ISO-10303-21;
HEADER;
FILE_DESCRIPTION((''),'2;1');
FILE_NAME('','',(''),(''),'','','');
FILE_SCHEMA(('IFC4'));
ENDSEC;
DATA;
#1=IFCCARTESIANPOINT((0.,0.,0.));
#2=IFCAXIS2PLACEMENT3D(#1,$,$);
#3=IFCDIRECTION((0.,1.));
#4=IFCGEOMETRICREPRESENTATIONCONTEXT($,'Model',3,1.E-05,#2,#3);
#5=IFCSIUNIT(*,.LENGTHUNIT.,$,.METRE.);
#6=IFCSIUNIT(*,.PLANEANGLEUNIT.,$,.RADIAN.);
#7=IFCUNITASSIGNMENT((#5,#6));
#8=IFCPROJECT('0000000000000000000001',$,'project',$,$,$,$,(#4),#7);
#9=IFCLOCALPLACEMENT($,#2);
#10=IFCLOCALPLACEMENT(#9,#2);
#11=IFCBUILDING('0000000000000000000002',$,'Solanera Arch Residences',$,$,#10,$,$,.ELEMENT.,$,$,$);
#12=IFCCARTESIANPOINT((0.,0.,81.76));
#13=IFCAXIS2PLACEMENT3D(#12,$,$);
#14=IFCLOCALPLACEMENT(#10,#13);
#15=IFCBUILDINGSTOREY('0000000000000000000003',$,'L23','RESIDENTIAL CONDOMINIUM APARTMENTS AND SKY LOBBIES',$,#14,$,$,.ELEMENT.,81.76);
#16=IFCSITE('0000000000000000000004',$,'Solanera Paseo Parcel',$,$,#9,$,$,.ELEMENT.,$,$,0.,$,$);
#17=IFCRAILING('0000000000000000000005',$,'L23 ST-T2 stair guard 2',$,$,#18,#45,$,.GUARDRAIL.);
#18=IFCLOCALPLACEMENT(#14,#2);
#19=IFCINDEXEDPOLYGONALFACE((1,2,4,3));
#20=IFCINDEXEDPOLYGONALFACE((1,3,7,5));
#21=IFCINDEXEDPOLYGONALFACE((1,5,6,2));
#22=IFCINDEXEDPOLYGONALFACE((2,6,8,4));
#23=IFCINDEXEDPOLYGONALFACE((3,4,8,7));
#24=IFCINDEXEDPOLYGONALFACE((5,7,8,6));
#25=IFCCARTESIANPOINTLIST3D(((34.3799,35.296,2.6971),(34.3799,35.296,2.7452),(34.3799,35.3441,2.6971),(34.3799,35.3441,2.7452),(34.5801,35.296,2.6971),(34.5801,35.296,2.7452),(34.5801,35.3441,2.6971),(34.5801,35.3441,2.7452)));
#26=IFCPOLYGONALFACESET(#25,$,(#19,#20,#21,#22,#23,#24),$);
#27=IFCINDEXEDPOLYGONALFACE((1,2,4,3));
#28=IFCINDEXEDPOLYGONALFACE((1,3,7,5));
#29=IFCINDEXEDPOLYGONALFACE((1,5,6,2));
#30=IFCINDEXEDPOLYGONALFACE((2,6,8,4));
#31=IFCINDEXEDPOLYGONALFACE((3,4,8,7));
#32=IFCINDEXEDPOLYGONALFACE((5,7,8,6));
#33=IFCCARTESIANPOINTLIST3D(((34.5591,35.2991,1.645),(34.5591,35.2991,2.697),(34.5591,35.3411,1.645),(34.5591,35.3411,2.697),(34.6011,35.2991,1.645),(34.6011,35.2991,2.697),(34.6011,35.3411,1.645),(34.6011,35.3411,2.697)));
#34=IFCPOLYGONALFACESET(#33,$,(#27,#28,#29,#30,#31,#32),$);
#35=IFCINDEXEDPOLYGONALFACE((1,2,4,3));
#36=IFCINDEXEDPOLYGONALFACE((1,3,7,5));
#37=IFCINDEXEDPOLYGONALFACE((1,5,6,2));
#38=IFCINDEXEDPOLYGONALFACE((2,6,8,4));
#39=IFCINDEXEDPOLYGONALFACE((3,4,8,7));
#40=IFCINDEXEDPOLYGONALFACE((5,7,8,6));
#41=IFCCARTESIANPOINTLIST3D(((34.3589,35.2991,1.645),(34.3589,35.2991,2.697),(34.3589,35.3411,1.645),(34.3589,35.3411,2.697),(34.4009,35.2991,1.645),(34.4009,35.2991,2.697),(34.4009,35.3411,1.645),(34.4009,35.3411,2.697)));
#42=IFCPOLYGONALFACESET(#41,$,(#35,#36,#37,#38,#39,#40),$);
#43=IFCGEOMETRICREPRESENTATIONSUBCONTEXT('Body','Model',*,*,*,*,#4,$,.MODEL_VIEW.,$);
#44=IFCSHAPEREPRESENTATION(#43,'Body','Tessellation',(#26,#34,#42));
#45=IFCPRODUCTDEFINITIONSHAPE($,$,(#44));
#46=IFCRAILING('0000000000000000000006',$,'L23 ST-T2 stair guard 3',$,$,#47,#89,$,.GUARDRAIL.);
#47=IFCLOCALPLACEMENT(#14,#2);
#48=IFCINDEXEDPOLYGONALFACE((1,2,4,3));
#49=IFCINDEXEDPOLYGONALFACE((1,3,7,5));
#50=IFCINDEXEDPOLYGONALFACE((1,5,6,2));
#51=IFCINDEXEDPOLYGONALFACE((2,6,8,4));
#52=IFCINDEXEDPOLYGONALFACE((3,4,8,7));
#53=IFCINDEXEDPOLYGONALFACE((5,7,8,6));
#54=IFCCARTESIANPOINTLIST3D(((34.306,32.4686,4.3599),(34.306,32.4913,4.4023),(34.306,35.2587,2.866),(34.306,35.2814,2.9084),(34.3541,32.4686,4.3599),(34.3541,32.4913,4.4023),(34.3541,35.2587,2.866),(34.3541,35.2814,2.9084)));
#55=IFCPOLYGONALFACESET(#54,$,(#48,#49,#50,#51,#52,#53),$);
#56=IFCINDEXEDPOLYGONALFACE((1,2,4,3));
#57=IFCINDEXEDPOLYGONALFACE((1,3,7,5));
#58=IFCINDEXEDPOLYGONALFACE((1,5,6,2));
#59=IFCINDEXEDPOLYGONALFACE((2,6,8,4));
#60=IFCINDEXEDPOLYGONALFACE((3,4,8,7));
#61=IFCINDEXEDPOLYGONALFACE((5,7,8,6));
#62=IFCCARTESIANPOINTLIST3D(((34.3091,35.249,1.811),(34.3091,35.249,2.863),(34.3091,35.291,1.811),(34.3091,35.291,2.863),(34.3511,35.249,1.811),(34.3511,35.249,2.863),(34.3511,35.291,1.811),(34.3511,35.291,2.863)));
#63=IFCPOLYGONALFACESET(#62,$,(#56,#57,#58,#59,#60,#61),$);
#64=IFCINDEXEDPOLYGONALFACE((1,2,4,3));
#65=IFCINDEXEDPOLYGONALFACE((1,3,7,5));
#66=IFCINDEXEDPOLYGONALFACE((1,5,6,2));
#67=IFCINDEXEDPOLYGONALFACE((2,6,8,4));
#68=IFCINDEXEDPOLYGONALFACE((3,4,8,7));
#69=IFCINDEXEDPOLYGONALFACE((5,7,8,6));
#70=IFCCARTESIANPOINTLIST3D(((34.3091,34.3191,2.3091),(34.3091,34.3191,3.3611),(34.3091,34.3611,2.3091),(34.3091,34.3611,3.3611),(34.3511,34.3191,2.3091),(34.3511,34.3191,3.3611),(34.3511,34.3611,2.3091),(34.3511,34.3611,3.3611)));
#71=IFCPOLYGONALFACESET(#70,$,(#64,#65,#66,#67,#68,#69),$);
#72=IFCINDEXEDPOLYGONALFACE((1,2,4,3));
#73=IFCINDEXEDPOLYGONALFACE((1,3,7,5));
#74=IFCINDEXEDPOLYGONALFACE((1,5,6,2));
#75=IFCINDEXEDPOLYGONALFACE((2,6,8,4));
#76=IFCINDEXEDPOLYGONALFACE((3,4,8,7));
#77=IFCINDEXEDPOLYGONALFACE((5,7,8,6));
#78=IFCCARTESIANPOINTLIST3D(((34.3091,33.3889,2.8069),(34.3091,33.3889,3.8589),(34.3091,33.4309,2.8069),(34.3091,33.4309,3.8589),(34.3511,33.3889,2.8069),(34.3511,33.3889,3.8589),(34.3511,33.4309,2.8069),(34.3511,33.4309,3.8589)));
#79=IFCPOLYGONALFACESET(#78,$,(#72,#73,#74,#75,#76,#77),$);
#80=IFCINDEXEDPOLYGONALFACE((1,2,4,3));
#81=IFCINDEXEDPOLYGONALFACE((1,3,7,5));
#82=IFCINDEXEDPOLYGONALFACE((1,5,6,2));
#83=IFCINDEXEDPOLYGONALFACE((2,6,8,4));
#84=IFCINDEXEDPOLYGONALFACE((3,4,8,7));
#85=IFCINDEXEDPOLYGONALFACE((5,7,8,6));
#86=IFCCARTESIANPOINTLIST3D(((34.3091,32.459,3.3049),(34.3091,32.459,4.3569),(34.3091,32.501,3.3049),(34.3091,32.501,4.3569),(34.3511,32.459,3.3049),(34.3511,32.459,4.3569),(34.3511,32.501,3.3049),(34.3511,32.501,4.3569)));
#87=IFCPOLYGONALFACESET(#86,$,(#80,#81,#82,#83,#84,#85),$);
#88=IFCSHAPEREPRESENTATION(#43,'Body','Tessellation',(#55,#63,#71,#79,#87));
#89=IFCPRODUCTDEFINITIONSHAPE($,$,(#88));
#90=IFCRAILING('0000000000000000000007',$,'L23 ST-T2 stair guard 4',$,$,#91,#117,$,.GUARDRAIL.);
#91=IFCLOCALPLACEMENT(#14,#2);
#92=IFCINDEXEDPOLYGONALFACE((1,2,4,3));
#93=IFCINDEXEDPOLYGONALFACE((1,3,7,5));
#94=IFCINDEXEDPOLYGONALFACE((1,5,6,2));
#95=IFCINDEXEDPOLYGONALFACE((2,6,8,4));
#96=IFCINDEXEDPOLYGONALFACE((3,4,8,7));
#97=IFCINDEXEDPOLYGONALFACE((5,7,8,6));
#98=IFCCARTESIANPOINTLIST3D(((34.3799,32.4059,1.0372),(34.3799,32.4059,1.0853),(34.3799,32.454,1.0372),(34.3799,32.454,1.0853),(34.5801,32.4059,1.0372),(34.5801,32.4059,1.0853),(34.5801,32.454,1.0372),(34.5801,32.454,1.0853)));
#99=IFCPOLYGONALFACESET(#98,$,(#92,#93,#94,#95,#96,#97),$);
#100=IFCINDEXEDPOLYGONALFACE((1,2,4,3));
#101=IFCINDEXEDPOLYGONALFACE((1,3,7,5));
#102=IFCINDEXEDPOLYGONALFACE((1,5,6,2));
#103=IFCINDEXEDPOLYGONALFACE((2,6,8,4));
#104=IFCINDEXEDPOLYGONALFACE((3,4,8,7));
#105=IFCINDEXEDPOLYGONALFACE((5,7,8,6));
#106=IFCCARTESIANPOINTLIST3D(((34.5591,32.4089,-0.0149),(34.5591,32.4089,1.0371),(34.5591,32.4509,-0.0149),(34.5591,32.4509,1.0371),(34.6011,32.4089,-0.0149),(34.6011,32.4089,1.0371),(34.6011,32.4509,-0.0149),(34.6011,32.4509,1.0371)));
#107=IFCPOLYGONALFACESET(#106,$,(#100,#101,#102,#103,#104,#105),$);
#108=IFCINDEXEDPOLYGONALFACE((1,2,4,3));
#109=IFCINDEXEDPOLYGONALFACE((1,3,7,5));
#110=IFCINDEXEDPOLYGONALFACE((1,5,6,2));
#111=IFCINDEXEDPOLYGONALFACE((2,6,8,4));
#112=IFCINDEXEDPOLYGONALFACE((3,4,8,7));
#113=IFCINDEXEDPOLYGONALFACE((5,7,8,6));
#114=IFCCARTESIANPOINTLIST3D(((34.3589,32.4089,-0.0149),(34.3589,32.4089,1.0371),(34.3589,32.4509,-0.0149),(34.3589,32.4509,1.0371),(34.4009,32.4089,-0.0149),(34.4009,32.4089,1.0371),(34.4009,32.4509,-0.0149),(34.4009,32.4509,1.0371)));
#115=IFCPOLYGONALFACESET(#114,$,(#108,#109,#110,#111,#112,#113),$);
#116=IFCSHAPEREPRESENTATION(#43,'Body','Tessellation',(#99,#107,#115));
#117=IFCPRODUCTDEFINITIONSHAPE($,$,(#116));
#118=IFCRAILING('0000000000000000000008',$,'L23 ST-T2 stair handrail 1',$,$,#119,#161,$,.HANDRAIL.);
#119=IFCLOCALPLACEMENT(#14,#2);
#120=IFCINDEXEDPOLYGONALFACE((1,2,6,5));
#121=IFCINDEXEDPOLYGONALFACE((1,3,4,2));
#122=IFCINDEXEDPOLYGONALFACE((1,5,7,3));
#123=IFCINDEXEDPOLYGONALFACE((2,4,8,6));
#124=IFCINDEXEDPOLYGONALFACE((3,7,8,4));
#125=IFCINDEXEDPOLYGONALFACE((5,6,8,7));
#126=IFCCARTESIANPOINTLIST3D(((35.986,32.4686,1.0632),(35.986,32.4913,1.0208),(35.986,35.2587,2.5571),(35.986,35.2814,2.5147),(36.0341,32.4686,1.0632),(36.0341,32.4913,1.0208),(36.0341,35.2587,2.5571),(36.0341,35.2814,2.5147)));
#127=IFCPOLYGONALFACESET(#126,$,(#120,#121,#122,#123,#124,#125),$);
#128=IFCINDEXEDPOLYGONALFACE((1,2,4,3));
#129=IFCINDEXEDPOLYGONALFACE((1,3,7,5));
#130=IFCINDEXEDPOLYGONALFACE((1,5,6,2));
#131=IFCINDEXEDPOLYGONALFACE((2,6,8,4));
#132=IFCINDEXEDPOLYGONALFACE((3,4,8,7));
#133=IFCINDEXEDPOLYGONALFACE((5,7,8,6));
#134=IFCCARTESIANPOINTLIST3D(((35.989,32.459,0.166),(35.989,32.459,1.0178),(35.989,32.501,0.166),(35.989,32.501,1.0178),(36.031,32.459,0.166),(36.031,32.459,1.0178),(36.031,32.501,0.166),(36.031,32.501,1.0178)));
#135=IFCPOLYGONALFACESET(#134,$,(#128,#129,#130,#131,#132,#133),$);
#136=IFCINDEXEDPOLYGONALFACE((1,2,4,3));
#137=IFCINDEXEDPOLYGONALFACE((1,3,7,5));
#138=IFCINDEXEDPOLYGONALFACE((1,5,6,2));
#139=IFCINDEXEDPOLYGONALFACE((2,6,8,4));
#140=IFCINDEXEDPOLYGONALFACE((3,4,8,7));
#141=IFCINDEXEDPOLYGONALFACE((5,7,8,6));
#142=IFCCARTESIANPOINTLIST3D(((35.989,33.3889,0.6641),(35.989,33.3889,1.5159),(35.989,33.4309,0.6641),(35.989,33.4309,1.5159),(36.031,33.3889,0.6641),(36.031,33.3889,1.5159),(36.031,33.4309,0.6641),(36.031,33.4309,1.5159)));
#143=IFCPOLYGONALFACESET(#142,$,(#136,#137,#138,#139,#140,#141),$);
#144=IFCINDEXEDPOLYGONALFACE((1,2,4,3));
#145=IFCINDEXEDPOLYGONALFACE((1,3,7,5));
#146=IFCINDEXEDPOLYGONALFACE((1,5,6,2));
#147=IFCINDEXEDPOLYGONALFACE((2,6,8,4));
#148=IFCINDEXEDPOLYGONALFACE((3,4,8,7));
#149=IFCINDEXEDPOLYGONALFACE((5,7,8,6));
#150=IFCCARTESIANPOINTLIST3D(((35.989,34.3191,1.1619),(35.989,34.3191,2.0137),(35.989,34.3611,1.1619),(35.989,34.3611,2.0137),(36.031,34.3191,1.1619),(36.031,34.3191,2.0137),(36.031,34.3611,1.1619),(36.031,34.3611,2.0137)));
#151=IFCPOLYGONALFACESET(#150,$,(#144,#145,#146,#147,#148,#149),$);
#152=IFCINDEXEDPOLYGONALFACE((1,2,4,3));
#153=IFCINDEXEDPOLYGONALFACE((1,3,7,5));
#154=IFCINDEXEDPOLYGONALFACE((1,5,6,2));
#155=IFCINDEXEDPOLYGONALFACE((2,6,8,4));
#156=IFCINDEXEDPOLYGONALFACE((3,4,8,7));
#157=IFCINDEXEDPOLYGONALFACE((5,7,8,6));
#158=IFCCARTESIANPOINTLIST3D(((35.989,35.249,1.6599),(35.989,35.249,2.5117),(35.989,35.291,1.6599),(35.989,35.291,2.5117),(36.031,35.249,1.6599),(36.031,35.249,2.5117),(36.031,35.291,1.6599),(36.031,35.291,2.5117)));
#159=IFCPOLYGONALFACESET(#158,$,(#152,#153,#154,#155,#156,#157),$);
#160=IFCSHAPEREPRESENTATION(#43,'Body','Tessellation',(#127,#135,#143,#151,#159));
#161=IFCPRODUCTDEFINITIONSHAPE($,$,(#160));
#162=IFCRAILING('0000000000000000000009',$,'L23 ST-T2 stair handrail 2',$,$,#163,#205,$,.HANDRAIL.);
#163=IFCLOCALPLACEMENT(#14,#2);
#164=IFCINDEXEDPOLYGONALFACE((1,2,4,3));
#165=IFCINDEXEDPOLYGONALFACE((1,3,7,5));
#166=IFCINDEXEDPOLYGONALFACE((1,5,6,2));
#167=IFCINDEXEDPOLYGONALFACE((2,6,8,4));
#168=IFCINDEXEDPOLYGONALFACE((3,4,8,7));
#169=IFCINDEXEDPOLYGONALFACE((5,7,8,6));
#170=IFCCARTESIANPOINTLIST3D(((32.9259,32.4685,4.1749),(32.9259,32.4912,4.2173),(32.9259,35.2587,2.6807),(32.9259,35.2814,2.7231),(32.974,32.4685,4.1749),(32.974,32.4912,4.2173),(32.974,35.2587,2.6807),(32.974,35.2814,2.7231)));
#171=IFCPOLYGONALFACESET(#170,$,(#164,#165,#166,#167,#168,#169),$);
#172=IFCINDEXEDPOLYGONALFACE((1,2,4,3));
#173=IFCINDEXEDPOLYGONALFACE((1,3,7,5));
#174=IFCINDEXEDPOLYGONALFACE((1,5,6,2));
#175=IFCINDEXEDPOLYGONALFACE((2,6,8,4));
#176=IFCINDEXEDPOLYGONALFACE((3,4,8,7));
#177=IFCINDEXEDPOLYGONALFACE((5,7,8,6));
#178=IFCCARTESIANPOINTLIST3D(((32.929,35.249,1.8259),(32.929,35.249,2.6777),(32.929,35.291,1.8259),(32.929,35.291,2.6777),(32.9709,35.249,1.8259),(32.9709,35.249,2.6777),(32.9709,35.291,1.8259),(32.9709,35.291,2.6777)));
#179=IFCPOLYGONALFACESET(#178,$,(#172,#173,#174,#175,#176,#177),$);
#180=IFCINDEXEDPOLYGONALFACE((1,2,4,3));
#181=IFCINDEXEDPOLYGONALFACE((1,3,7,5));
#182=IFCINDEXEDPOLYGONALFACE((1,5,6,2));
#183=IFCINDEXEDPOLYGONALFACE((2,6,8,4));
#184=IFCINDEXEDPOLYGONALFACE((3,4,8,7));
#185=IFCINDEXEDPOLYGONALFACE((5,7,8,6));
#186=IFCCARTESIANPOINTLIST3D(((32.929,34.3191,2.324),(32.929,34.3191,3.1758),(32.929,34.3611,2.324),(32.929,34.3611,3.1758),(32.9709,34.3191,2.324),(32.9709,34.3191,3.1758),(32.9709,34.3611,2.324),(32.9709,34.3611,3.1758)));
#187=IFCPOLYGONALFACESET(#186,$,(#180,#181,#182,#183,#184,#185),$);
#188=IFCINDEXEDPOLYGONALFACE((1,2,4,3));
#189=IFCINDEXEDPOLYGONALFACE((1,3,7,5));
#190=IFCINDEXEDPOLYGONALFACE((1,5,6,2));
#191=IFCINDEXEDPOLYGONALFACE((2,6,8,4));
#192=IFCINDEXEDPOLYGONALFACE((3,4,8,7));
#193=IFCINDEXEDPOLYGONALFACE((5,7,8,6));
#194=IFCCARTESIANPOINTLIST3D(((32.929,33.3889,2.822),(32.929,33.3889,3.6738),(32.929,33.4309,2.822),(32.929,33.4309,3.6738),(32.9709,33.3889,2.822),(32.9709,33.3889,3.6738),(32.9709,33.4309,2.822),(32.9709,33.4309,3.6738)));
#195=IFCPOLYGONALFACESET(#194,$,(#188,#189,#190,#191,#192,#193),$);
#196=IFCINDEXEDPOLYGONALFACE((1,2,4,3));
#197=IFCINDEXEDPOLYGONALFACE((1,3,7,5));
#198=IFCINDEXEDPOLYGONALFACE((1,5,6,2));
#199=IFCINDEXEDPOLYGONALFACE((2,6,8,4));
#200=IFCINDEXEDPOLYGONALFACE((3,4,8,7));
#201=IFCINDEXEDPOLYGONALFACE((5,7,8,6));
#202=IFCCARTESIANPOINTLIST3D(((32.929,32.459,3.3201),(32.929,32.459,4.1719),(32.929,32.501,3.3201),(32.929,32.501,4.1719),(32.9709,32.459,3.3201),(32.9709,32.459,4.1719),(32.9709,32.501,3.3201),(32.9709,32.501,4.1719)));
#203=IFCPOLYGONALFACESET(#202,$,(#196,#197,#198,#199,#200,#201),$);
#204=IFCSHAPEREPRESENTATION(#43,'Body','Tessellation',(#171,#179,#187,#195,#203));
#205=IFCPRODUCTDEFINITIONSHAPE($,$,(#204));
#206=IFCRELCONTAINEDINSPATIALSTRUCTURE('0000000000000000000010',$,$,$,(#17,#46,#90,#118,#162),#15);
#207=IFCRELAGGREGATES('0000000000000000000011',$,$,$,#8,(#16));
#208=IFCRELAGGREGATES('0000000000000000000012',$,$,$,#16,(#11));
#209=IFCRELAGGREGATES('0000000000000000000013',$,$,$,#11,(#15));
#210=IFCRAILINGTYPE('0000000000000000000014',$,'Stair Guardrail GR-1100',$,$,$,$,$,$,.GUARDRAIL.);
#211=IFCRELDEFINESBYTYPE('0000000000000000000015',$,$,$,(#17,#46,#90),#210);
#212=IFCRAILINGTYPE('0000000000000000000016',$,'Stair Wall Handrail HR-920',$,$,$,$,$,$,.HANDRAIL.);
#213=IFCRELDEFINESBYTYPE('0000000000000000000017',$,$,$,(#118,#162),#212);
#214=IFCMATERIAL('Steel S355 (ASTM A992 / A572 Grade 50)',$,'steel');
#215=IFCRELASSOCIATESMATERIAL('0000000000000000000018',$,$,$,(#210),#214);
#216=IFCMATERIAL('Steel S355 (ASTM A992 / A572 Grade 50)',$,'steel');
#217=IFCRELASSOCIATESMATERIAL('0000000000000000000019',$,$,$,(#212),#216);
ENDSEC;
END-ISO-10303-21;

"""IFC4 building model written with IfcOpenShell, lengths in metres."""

from ifc_helpers import new_model, si_unit, direction, frame, origin, origin_2d, place, context, subcontext, project, spatial, rectangle, extrude, material, type_object, element, save


model = new_model("IFC4")

# Units and contexts
model_context = context("Model", 3, precision=1e-05, world=origin(), true_north=direction((0.0, 1.0)))
body_context = subcontext(model_context, "Body", "Model", "MODEL_VIEW")
ifc_project = project(units=[si_unit("LENGTHUNIT", "METRE"), si_unit("PLANEANGLEUNIT", "RADIAN")], contexts=[model_context])

# Site, building, storey
site_placement = place(None, origin())
site = spatial("IfcSite", under=ifc_project, at=site_placement, Name="Solanera Paseo Parcel", CompositionType="ELEMENT", RefElevation=0.0)
building_placement = place(site_placement, origin())
building = spatial("IfcBuilding", under=site, at=building_placement, Name="Solanera Arch Residences", CompositionType="ELEMENT")
storey_placement = place(building_placement, frame((0.0, 0.0, 81.76)))
storey = spatial("IfcBuildingStorey", under=building, at=storey_placement, Name="L23", Description="RESIDENTIAL CONDOMINIUM APARTMENTS AND SKY LOBBIES", CompositionType="ELEMENT", Elevation=81.76)

# Railings
ifc_material_1 = material(Name="Steel S355 (ASTM A992 / A572 Grade 50)", Category="steel")
railing_type_1 = type_object("IfcRailingType", Name="Stair Guardrail GR-1100", PredefinedType="GUARDRAIL", material=ifc_material_1)
railing_1_placement = place(storey_placement, frame((34.5801, 35.3201, 1.645)))
element("IfcRailing", 1, at=railing_1_placement, inside=storey, type_object=railing_type_1, Name="L23 ST-T2 stair guard 2", PredefinedType="GUARDRAIL", context=body_context, shape_type="SweptSolid", body=[
    extrude(rectangle(XDim=0.0481, YDim=0.0481, at=origin_2d()), frame((0.0, 0.0, 1.0762), z_axis=(-1.0, 0.0, 0.0), x_axis=(0.0, -1.0, 0.0)), (0.0, 0.0, 1.0), 0.2002),
    extrude(rectangle(XDim=0.042, YDim=0.042, at=origin_2d()), origin(), (0.0, 0.0, 1.0), 1.052),
    extrude(rectangle(XDim=0.042, YDim=0.042, at=origin_2d()), frame((-0.2002, 0.0, 0.0)), (0.0, 0.0, 1.0), 1.052),
])
railing_2_placement = place(storey_placement, frame((34.3301, 35.27, 1.811)))
element("IfcRailing", 2, at=railing_2_placement, inside=storey, type_object=railing_type_1, Name="L23 ST-T2 stair guard 3", PredefinedType="GUARDRAIL", context=body_context, shape_type="SweptSolid", body=[
    extrude(rectangle(XDim=0.0481, YDim=0.0481, at=origin_2d()), frame((0.0, 0.0, 1.0762), z_axis=(0.0, -0.881581, 0.472033), x_axis=(1.0, 0.0, 0.0)), (0.0, 0.0, 1.0), 3.1648),
    extrude(rectangle(XDim=0.042, YDim=0.042, at=origin_2d()), origin(), (0.0, 0.0, 1.0), 1.052),
    extrude(rectangle(XDim=0.042, YDim=0.042, at=origin_2d()), frame((0.0, -0.9299, 0.498)), (0.0, 0.0, 1.0), 1.052),
    extrude(rectangle(XDim=0.042, YDim=0.042, at=origin_2d()), frame((0.0, -1.8601, 0.9958)), (0.0, 0.0, 1.0), 1.052),
    extrude(rectangle(XDim=0.042, YDim=0.042, at=origin_2d()), frame((0.0, -2.79, 1.4939)), (0.0, 0.0, 1.0), 1.052),
])
railing_3_placement = place(storey_placement, frame((34.5801, 32.4299, -0.0149)))
element("IfcRailing", 3, at=railing_3_placement, inside=storey, type_object=railing_type_1, Name="L23 ST-T2 stair guard 4", PredefinedType="GUARDRAIL", context=body_context, shape_type="SweptSolid", body=[
    extrude(rectangle(XDim=0.0481, YDim=0.0481, at=origin_2d()), frame((0.0, 0.0, 1.0762), z_axis=(-1.0, 0.0, 0.0), x_axis=(0.0, -1.0, 0.0)), (0.0, 0.0, 1.0), 0.2002),
    extrude(rectangle(XDim=0.042, YDim=0.042, at=origin_2d()), origin(), (0.0, 0.0, 1.0), 1.052),
    extrude(rectangle(XDim=0.042, YDim=0.042, at=origin_2d()), frame((-0.2002, 0.0, 0.0)), (0.0, 0.0, 1.0), 1.052),
])
ifc_material_2 = material(Name="Steel S355 (ASTM A992 / A572 Grade 50)", Category="steel")
railing_type_2 = type_object("IfcRailingType", Name="Stair Wall Handrail HR-920", PredefinedType="HANDRAIL", material=ifc_material_2)
railing_4_placement = place(storey_placement, frame((36.01, 32.48, 0.166)))
element("IfcRailing", 4, at=railing_4_placement, inside=storey, type_object=railing_type_2, Name="L23 ST-T2 stair handrail 1", PredefinedType="HANDRAIL", context=body_context, shape_type="SweptSolid", body=[
    extrude(rectangle(XDim=0.0481, YDim=0.0481, at=origin_2d()), frame((0.0, 0.0, 0.876), z_axis=(0.0, 0.881581, 0.472033), x_axis=(-1.0, 0.0, 0.0)), (0.0, 0.0, 1.0), 3.1648),
    extrude(rectangle(XDim=0.042, YDim=0.042, at=origin_2d()), origin(), (0.0, 0.0, 1.0), 0.8518),
    extrude(rectangle(XDim=0.042, YDim=0.042, at=origin_2d()), frame((0.0, 0.9299, 0.498)), (0.0, 0.0, 1.0), 0.8518),
    extrude(rectangle(XDim=0.042, YDim=0.042, at=origin_2d()), frame((0.0, 1.8601, 0.9958)), (0.0, 0.0, 1.0), 0.8518),
    extrude(rectangle(XDim=0.042, YDim=0.042, at=origin_2d()), frame((0.0, 2.79, 1.4939)), (0.0, 0.0, 1.0), 0.8518),
])
railing_5_placement = place(storey_placement, frame((32.95, 35.27, 1.8259)))
element("IfcRailing", 5, at=railing_5_placement, inside=storey, type_object=railing_type_2, Name="L23 ST-T2 stair handrail 2", PredefinedType="HANDRAIL", context=body_context, shape_type="SweptSolid", body=[
    extrude(rectangle(XDim=0.0481, YDim=0.0481, at=origin_2d()), frame((0.0, 0.0, 0.876), z_axis=(0.0, -0.881549, 0.472093), x_axis=(1.0, 0.0, 0.0)), (0.0, 0.0, 1.0), 3.165),
    extrude(rectangle(XDim=0.042, YDim=0.042, at=origin_2d()), origin(), (0.0, 0.0, 1.0), 0.8518),
    extrude(rectangle(XDim=0.042, YDim=0.042, at=origin_2d()), frame((0.0, -0.9299, 0.498)), (0.0, 0.0, 1.0), 0.8518),
    extrude(rectangle(XDim=0.042, YDim=0.042, at=origin_2d()), frame((0.0, -1.8601, 0.9961)), (0.0, 0.0, 1.0), 0.8518),
    extrude(rectangle(XDim=0.042, YDim=0.042, at=origin_2d()), frame((0.0, -2.79, 1.4941)), (0.0, 0.0, 1.0), 0.8518),
])

save(model, "model.ifc")
